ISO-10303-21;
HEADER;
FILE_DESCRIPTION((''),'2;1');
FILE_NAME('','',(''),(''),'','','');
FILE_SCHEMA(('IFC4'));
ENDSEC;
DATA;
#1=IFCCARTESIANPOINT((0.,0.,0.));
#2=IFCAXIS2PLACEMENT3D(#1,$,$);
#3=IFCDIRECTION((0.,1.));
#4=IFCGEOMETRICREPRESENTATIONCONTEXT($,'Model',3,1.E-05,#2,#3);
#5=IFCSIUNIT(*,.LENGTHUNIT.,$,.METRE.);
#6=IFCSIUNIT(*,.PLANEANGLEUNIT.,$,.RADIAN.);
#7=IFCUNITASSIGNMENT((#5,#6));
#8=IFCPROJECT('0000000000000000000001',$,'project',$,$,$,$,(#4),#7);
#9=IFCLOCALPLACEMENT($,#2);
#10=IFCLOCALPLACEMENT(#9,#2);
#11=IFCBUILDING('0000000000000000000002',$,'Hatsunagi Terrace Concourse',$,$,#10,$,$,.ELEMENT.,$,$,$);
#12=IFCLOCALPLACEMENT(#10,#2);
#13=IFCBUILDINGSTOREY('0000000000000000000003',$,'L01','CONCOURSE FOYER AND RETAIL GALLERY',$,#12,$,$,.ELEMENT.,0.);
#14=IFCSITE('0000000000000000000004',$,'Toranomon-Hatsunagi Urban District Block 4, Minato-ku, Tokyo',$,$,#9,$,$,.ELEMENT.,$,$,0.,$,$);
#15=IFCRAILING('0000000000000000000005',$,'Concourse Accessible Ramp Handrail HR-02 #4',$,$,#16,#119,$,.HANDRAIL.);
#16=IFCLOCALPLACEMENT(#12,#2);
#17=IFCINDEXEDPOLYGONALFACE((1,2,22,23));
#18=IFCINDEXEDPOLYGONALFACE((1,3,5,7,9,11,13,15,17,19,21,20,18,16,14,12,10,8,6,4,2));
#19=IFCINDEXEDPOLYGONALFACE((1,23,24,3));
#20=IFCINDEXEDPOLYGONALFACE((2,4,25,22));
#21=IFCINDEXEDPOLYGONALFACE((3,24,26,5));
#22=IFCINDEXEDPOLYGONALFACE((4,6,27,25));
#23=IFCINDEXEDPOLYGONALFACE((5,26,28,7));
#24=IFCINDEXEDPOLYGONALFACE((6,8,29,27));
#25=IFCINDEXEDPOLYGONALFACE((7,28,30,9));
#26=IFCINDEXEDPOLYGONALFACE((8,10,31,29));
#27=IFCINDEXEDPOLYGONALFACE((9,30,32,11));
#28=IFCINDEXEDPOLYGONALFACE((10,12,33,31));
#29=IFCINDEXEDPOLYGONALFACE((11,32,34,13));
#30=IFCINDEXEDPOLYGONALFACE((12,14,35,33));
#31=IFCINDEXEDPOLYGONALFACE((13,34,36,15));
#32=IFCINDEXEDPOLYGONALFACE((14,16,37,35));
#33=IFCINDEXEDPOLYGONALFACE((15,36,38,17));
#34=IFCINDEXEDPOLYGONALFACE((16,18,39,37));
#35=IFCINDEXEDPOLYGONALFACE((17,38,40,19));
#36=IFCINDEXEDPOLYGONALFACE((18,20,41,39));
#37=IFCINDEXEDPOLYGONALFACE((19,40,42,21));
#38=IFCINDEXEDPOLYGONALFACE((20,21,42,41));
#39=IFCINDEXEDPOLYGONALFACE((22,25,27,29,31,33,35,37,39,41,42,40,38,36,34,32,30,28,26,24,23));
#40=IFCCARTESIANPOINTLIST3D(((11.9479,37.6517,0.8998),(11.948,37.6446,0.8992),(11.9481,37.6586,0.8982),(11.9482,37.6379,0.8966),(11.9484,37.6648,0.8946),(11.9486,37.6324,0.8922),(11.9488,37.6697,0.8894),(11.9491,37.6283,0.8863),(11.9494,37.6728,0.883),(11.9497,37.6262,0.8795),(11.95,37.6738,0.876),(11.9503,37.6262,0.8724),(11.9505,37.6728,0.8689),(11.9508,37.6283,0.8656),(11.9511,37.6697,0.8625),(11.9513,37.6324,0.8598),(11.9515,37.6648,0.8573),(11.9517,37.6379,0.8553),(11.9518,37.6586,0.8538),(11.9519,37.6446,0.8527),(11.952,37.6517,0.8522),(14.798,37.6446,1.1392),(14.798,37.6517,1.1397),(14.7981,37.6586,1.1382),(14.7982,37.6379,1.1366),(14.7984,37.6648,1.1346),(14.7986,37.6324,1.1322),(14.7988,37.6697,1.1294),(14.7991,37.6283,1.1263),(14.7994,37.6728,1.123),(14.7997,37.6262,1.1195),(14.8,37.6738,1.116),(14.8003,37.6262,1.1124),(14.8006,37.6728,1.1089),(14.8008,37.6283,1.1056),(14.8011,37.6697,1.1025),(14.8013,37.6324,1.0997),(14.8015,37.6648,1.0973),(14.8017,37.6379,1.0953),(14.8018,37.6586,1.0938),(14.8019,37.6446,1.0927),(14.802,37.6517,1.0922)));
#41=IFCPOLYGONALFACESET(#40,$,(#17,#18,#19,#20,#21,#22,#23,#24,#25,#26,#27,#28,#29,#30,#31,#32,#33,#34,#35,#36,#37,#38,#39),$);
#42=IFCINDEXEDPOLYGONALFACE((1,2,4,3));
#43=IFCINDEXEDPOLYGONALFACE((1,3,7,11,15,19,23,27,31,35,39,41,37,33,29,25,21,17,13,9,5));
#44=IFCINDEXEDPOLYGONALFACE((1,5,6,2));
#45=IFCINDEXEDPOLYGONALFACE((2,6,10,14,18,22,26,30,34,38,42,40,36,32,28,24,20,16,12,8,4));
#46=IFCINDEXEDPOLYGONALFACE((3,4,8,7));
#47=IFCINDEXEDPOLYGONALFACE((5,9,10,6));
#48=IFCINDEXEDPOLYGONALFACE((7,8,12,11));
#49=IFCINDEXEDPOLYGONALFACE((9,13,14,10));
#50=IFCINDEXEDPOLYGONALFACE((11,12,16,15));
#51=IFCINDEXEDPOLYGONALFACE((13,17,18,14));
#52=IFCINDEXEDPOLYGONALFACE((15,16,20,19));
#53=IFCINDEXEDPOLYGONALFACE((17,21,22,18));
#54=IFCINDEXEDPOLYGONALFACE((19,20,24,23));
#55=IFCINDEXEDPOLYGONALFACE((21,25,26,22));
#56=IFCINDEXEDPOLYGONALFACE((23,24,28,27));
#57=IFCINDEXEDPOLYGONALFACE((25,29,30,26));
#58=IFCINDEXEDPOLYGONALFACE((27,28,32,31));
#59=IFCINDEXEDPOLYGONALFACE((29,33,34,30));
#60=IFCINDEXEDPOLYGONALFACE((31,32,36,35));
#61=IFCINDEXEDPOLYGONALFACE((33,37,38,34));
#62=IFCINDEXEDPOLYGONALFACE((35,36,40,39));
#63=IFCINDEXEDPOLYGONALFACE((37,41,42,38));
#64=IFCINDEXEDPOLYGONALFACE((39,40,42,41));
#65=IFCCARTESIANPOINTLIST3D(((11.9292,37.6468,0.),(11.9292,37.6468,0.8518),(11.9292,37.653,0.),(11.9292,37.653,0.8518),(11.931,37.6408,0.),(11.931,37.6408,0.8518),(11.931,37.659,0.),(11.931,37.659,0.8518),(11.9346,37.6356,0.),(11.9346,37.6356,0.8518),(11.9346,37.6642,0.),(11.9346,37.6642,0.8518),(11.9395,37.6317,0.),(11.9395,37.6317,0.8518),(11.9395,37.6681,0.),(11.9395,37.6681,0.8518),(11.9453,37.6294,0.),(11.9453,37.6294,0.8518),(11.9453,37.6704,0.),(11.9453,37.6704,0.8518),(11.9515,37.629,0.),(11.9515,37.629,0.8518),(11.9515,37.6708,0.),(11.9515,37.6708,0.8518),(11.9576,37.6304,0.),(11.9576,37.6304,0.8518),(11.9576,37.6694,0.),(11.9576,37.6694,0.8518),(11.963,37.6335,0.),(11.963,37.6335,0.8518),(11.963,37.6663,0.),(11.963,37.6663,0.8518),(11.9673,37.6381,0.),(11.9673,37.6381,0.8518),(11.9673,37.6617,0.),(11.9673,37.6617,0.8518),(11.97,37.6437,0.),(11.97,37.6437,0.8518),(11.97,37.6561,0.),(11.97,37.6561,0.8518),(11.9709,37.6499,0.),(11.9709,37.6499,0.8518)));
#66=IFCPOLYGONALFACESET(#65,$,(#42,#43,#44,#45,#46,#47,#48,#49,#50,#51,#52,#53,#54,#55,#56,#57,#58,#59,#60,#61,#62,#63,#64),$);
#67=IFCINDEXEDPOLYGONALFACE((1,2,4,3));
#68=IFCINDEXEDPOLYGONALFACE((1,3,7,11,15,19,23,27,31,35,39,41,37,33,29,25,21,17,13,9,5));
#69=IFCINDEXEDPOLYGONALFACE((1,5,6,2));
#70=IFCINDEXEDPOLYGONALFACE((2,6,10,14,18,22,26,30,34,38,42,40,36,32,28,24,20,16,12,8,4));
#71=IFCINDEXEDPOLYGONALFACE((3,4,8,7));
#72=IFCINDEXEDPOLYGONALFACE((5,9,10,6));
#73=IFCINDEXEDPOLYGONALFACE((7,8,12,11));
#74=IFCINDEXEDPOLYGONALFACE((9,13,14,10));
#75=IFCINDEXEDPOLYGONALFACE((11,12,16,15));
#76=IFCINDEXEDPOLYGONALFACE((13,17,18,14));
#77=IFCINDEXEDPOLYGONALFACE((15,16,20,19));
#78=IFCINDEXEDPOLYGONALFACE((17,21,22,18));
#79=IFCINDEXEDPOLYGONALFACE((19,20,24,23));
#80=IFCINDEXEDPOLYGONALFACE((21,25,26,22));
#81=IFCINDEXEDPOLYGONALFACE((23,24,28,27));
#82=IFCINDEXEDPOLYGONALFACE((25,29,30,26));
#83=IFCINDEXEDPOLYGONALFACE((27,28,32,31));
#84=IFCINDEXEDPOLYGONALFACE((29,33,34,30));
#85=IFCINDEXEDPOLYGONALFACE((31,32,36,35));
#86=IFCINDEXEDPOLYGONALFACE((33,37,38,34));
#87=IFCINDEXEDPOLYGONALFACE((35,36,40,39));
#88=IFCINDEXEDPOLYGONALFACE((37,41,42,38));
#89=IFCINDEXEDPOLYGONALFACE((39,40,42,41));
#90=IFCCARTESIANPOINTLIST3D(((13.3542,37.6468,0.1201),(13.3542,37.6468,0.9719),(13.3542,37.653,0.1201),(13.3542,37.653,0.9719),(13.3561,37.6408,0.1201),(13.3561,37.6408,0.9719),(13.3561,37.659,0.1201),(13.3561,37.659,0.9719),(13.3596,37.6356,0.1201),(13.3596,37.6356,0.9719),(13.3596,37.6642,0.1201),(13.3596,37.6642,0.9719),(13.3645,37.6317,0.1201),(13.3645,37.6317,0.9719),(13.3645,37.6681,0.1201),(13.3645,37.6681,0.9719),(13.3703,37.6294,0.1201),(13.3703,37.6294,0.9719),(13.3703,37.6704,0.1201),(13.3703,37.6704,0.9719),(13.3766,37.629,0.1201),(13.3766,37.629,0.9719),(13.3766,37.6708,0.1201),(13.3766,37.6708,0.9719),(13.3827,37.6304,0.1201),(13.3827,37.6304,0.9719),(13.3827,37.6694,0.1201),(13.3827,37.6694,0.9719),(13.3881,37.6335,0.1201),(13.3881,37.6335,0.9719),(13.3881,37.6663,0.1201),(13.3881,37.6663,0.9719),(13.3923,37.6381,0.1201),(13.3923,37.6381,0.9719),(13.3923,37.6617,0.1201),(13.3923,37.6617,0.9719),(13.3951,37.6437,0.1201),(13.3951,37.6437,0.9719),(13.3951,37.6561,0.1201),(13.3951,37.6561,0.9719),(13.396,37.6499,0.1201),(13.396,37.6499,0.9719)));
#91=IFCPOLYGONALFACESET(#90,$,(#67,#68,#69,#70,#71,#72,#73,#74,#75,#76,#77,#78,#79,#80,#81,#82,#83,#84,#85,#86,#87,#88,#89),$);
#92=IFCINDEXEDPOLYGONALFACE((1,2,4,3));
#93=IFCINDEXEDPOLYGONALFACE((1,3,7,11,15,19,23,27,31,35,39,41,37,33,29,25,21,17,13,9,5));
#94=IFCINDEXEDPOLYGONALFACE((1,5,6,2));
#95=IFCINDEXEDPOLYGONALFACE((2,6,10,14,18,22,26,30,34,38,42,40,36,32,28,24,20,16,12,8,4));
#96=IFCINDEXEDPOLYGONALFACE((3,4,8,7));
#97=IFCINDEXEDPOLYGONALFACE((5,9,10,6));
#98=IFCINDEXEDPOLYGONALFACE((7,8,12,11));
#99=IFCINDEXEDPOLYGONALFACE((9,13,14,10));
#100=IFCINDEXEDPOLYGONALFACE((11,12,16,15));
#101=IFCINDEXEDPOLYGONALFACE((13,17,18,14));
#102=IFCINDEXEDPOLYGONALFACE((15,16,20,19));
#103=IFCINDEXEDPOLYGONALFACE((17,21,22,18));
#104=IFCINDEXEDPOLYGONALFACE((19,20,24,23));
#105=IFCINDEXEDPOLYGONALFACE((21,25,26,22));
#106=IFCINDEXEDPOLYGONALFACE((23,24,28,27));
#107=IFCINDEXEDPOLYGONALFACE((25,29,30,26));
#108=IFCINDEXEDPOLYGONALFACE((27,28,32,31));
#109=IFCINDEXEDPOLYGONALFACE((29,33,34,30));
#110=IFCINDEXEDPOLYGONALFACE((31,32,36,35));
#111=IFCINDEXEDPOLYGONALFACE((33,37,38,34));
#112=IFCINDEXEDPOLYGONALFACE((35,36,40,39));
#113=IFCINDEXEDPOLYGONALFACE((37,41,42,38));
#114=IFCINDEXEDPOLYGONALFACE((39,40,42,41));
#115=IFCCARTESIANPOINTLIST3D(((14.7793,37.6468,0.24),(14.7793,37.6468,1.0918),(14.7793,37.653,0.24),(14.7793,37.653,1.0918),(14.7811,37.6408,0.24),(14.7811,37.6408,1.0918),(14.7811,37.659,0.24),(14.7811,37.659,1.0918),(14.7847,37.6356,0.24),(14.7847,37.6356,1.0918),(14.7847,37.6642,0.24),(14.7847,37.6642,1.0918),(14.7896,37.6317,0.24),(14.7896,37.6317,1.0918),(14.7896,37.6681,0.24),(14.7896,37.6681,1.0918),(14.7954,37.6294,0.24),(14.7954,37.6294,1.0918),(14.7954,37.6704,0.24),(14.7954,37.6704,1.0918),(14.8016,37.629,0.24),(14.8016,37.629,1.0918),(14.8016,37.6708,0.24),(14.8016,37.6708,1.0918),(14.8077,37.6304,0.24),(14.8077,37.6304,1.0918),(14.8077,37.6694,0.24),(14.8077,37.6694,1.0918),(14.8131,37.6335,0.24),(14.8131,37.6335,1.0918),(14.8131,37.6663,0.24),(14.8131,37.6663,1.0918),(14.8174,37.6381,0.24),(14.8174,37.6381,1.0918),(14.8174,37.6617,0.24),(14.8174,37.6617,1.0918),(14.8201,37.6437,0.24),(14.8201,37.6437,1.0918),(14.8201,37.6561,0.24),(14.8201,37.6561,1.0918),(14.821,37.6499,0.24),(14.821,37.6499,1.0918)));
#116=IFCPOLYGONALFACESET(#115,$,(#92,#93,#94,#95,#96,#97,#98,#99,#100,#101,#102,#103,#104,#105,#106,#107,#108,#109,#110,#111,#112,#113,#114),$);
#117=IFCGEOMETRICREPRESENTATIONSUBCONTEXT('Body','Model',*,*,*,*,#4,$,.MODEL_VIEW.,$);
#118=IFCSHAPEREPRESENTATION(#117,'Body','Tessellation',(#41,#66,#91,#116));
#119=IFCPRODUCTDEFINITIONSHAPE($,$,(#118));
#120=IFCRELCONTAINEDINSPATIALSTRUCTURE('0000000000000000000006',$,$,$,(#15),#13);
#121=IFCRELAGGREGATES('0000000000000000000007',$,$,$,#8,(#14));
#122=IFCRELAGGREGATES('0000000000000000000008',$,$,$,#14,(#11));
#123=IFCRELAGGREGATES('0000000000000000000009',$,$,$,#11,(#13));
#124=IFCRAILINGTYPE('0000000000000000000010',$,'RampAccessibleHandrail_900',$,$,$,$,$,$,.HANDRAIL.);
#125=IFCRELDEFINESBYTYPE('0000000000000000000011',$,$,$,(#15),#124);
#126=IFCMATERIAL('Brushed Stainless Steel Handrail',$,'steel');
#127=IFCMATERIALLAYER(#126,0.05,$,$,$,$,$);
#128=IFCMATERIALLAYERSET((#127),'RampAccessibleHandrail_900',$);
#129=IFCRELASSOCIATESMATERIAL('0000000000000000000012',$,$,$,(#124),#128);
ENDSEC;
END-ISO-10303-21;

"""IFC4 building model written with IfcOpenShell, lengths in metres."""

from ifc_helpers import new_model, si_unit, direction, frame, origin, origin_2d, place, context, subcontext, project, spatial, circle, extrude, material, layer, layer_set, type_object, element, save


model = new_model("IFC4")

# Units and contexts
model_context = context("Model", 3, precision=1e-05, world=origin(), true_north=direction((0.0, 1.0)))
body_context = subcontext(model_context, "Body", "Model", "MODEL_VIEW")
ifc_project = project(units=[si_unit("LENGTHUNIT", "METRE"), si_unit("PLANEANGLEUNIT", "RADIAN")], contexts=[model_context])

# Site, building, storey
site_placement = place(None, origin())
site = spatial("IfcSite", under=ifc_project, at=site_placement, Name="Toranomon-Hatsunagi Urban District Block 4, Minato-ku, Tokyo", CompositionType="ELEMENT", RefElevation=0.0)
building_placement = place(site_placement, origin())
building = spatial("IfcBuilding", under=site, at=building_placement, Name="Hatsunagi Terrace Concourse", CompositionType="ELEMENT")
storey_placement = place(building_placement, origin())
storey = spatial("IfcBuildingStorey", under=building, at=storey_placement, Name="L01", Description="CONCOURSE FOYER AND RETAIL GALLERY", CompositionType="ELEMENT", Elevation=0.0)

# Railing
ifc_material_1 = material(Name="Brushed Stainless Steel Handrail", Category="steel")
ifc_layer_1 = layer(ifc_material_1, 0.05)
ifc_layer_set_1 = layer_set([ifc_layer_1], Name="RampAccessibleHandrail_900")
railing_type_1 = type_object("IfcRailingType", Name="RampAccessibleHandrail_900", PredefinedType="HANDRAIL", material=ifc_layer_set_1)
for number, where, name in (
    (1, (11.95, 37.6499, 0.0), "Concourse Accessible Ramp Handrail HR-02 #4"),
):
    element("IfcRailing", number, at=place(storey_placement, frame(where)), inside=storey, type_object=railing_type_1, Name=name, PredefinedType="HANDRAIL", context=body_context, shape_type="SweptSolid", body=[
        extrude(circle(Radius=0.0239, at=origin_2d()), frame((0.0, 0.0, 0.876), z_axis=(0.996474, 0.0, 0.083907), x_axis=(0.0, 1.0, 0.0)), (0.0, 0.0, 1.0), 2.8601),
        extrude(circle(Radius=0.021, at=origin_2d()), origin(), (0.0, 0.0, 1.0), 0.8518),
        extrude(circle(Radius=0.021, at=origin_2d()), frame((1.425, 0.0, 0.1201)), (0.0, 0.0, 1.0), 0.8518),
        extrude(circle(Radius=0.021, at=origin_2d()), frame((2.8501, 0.0, 0.24)), (0.0, 0.0, 1.0), 0.8518),
    ])

save(model, "model.ifc")
